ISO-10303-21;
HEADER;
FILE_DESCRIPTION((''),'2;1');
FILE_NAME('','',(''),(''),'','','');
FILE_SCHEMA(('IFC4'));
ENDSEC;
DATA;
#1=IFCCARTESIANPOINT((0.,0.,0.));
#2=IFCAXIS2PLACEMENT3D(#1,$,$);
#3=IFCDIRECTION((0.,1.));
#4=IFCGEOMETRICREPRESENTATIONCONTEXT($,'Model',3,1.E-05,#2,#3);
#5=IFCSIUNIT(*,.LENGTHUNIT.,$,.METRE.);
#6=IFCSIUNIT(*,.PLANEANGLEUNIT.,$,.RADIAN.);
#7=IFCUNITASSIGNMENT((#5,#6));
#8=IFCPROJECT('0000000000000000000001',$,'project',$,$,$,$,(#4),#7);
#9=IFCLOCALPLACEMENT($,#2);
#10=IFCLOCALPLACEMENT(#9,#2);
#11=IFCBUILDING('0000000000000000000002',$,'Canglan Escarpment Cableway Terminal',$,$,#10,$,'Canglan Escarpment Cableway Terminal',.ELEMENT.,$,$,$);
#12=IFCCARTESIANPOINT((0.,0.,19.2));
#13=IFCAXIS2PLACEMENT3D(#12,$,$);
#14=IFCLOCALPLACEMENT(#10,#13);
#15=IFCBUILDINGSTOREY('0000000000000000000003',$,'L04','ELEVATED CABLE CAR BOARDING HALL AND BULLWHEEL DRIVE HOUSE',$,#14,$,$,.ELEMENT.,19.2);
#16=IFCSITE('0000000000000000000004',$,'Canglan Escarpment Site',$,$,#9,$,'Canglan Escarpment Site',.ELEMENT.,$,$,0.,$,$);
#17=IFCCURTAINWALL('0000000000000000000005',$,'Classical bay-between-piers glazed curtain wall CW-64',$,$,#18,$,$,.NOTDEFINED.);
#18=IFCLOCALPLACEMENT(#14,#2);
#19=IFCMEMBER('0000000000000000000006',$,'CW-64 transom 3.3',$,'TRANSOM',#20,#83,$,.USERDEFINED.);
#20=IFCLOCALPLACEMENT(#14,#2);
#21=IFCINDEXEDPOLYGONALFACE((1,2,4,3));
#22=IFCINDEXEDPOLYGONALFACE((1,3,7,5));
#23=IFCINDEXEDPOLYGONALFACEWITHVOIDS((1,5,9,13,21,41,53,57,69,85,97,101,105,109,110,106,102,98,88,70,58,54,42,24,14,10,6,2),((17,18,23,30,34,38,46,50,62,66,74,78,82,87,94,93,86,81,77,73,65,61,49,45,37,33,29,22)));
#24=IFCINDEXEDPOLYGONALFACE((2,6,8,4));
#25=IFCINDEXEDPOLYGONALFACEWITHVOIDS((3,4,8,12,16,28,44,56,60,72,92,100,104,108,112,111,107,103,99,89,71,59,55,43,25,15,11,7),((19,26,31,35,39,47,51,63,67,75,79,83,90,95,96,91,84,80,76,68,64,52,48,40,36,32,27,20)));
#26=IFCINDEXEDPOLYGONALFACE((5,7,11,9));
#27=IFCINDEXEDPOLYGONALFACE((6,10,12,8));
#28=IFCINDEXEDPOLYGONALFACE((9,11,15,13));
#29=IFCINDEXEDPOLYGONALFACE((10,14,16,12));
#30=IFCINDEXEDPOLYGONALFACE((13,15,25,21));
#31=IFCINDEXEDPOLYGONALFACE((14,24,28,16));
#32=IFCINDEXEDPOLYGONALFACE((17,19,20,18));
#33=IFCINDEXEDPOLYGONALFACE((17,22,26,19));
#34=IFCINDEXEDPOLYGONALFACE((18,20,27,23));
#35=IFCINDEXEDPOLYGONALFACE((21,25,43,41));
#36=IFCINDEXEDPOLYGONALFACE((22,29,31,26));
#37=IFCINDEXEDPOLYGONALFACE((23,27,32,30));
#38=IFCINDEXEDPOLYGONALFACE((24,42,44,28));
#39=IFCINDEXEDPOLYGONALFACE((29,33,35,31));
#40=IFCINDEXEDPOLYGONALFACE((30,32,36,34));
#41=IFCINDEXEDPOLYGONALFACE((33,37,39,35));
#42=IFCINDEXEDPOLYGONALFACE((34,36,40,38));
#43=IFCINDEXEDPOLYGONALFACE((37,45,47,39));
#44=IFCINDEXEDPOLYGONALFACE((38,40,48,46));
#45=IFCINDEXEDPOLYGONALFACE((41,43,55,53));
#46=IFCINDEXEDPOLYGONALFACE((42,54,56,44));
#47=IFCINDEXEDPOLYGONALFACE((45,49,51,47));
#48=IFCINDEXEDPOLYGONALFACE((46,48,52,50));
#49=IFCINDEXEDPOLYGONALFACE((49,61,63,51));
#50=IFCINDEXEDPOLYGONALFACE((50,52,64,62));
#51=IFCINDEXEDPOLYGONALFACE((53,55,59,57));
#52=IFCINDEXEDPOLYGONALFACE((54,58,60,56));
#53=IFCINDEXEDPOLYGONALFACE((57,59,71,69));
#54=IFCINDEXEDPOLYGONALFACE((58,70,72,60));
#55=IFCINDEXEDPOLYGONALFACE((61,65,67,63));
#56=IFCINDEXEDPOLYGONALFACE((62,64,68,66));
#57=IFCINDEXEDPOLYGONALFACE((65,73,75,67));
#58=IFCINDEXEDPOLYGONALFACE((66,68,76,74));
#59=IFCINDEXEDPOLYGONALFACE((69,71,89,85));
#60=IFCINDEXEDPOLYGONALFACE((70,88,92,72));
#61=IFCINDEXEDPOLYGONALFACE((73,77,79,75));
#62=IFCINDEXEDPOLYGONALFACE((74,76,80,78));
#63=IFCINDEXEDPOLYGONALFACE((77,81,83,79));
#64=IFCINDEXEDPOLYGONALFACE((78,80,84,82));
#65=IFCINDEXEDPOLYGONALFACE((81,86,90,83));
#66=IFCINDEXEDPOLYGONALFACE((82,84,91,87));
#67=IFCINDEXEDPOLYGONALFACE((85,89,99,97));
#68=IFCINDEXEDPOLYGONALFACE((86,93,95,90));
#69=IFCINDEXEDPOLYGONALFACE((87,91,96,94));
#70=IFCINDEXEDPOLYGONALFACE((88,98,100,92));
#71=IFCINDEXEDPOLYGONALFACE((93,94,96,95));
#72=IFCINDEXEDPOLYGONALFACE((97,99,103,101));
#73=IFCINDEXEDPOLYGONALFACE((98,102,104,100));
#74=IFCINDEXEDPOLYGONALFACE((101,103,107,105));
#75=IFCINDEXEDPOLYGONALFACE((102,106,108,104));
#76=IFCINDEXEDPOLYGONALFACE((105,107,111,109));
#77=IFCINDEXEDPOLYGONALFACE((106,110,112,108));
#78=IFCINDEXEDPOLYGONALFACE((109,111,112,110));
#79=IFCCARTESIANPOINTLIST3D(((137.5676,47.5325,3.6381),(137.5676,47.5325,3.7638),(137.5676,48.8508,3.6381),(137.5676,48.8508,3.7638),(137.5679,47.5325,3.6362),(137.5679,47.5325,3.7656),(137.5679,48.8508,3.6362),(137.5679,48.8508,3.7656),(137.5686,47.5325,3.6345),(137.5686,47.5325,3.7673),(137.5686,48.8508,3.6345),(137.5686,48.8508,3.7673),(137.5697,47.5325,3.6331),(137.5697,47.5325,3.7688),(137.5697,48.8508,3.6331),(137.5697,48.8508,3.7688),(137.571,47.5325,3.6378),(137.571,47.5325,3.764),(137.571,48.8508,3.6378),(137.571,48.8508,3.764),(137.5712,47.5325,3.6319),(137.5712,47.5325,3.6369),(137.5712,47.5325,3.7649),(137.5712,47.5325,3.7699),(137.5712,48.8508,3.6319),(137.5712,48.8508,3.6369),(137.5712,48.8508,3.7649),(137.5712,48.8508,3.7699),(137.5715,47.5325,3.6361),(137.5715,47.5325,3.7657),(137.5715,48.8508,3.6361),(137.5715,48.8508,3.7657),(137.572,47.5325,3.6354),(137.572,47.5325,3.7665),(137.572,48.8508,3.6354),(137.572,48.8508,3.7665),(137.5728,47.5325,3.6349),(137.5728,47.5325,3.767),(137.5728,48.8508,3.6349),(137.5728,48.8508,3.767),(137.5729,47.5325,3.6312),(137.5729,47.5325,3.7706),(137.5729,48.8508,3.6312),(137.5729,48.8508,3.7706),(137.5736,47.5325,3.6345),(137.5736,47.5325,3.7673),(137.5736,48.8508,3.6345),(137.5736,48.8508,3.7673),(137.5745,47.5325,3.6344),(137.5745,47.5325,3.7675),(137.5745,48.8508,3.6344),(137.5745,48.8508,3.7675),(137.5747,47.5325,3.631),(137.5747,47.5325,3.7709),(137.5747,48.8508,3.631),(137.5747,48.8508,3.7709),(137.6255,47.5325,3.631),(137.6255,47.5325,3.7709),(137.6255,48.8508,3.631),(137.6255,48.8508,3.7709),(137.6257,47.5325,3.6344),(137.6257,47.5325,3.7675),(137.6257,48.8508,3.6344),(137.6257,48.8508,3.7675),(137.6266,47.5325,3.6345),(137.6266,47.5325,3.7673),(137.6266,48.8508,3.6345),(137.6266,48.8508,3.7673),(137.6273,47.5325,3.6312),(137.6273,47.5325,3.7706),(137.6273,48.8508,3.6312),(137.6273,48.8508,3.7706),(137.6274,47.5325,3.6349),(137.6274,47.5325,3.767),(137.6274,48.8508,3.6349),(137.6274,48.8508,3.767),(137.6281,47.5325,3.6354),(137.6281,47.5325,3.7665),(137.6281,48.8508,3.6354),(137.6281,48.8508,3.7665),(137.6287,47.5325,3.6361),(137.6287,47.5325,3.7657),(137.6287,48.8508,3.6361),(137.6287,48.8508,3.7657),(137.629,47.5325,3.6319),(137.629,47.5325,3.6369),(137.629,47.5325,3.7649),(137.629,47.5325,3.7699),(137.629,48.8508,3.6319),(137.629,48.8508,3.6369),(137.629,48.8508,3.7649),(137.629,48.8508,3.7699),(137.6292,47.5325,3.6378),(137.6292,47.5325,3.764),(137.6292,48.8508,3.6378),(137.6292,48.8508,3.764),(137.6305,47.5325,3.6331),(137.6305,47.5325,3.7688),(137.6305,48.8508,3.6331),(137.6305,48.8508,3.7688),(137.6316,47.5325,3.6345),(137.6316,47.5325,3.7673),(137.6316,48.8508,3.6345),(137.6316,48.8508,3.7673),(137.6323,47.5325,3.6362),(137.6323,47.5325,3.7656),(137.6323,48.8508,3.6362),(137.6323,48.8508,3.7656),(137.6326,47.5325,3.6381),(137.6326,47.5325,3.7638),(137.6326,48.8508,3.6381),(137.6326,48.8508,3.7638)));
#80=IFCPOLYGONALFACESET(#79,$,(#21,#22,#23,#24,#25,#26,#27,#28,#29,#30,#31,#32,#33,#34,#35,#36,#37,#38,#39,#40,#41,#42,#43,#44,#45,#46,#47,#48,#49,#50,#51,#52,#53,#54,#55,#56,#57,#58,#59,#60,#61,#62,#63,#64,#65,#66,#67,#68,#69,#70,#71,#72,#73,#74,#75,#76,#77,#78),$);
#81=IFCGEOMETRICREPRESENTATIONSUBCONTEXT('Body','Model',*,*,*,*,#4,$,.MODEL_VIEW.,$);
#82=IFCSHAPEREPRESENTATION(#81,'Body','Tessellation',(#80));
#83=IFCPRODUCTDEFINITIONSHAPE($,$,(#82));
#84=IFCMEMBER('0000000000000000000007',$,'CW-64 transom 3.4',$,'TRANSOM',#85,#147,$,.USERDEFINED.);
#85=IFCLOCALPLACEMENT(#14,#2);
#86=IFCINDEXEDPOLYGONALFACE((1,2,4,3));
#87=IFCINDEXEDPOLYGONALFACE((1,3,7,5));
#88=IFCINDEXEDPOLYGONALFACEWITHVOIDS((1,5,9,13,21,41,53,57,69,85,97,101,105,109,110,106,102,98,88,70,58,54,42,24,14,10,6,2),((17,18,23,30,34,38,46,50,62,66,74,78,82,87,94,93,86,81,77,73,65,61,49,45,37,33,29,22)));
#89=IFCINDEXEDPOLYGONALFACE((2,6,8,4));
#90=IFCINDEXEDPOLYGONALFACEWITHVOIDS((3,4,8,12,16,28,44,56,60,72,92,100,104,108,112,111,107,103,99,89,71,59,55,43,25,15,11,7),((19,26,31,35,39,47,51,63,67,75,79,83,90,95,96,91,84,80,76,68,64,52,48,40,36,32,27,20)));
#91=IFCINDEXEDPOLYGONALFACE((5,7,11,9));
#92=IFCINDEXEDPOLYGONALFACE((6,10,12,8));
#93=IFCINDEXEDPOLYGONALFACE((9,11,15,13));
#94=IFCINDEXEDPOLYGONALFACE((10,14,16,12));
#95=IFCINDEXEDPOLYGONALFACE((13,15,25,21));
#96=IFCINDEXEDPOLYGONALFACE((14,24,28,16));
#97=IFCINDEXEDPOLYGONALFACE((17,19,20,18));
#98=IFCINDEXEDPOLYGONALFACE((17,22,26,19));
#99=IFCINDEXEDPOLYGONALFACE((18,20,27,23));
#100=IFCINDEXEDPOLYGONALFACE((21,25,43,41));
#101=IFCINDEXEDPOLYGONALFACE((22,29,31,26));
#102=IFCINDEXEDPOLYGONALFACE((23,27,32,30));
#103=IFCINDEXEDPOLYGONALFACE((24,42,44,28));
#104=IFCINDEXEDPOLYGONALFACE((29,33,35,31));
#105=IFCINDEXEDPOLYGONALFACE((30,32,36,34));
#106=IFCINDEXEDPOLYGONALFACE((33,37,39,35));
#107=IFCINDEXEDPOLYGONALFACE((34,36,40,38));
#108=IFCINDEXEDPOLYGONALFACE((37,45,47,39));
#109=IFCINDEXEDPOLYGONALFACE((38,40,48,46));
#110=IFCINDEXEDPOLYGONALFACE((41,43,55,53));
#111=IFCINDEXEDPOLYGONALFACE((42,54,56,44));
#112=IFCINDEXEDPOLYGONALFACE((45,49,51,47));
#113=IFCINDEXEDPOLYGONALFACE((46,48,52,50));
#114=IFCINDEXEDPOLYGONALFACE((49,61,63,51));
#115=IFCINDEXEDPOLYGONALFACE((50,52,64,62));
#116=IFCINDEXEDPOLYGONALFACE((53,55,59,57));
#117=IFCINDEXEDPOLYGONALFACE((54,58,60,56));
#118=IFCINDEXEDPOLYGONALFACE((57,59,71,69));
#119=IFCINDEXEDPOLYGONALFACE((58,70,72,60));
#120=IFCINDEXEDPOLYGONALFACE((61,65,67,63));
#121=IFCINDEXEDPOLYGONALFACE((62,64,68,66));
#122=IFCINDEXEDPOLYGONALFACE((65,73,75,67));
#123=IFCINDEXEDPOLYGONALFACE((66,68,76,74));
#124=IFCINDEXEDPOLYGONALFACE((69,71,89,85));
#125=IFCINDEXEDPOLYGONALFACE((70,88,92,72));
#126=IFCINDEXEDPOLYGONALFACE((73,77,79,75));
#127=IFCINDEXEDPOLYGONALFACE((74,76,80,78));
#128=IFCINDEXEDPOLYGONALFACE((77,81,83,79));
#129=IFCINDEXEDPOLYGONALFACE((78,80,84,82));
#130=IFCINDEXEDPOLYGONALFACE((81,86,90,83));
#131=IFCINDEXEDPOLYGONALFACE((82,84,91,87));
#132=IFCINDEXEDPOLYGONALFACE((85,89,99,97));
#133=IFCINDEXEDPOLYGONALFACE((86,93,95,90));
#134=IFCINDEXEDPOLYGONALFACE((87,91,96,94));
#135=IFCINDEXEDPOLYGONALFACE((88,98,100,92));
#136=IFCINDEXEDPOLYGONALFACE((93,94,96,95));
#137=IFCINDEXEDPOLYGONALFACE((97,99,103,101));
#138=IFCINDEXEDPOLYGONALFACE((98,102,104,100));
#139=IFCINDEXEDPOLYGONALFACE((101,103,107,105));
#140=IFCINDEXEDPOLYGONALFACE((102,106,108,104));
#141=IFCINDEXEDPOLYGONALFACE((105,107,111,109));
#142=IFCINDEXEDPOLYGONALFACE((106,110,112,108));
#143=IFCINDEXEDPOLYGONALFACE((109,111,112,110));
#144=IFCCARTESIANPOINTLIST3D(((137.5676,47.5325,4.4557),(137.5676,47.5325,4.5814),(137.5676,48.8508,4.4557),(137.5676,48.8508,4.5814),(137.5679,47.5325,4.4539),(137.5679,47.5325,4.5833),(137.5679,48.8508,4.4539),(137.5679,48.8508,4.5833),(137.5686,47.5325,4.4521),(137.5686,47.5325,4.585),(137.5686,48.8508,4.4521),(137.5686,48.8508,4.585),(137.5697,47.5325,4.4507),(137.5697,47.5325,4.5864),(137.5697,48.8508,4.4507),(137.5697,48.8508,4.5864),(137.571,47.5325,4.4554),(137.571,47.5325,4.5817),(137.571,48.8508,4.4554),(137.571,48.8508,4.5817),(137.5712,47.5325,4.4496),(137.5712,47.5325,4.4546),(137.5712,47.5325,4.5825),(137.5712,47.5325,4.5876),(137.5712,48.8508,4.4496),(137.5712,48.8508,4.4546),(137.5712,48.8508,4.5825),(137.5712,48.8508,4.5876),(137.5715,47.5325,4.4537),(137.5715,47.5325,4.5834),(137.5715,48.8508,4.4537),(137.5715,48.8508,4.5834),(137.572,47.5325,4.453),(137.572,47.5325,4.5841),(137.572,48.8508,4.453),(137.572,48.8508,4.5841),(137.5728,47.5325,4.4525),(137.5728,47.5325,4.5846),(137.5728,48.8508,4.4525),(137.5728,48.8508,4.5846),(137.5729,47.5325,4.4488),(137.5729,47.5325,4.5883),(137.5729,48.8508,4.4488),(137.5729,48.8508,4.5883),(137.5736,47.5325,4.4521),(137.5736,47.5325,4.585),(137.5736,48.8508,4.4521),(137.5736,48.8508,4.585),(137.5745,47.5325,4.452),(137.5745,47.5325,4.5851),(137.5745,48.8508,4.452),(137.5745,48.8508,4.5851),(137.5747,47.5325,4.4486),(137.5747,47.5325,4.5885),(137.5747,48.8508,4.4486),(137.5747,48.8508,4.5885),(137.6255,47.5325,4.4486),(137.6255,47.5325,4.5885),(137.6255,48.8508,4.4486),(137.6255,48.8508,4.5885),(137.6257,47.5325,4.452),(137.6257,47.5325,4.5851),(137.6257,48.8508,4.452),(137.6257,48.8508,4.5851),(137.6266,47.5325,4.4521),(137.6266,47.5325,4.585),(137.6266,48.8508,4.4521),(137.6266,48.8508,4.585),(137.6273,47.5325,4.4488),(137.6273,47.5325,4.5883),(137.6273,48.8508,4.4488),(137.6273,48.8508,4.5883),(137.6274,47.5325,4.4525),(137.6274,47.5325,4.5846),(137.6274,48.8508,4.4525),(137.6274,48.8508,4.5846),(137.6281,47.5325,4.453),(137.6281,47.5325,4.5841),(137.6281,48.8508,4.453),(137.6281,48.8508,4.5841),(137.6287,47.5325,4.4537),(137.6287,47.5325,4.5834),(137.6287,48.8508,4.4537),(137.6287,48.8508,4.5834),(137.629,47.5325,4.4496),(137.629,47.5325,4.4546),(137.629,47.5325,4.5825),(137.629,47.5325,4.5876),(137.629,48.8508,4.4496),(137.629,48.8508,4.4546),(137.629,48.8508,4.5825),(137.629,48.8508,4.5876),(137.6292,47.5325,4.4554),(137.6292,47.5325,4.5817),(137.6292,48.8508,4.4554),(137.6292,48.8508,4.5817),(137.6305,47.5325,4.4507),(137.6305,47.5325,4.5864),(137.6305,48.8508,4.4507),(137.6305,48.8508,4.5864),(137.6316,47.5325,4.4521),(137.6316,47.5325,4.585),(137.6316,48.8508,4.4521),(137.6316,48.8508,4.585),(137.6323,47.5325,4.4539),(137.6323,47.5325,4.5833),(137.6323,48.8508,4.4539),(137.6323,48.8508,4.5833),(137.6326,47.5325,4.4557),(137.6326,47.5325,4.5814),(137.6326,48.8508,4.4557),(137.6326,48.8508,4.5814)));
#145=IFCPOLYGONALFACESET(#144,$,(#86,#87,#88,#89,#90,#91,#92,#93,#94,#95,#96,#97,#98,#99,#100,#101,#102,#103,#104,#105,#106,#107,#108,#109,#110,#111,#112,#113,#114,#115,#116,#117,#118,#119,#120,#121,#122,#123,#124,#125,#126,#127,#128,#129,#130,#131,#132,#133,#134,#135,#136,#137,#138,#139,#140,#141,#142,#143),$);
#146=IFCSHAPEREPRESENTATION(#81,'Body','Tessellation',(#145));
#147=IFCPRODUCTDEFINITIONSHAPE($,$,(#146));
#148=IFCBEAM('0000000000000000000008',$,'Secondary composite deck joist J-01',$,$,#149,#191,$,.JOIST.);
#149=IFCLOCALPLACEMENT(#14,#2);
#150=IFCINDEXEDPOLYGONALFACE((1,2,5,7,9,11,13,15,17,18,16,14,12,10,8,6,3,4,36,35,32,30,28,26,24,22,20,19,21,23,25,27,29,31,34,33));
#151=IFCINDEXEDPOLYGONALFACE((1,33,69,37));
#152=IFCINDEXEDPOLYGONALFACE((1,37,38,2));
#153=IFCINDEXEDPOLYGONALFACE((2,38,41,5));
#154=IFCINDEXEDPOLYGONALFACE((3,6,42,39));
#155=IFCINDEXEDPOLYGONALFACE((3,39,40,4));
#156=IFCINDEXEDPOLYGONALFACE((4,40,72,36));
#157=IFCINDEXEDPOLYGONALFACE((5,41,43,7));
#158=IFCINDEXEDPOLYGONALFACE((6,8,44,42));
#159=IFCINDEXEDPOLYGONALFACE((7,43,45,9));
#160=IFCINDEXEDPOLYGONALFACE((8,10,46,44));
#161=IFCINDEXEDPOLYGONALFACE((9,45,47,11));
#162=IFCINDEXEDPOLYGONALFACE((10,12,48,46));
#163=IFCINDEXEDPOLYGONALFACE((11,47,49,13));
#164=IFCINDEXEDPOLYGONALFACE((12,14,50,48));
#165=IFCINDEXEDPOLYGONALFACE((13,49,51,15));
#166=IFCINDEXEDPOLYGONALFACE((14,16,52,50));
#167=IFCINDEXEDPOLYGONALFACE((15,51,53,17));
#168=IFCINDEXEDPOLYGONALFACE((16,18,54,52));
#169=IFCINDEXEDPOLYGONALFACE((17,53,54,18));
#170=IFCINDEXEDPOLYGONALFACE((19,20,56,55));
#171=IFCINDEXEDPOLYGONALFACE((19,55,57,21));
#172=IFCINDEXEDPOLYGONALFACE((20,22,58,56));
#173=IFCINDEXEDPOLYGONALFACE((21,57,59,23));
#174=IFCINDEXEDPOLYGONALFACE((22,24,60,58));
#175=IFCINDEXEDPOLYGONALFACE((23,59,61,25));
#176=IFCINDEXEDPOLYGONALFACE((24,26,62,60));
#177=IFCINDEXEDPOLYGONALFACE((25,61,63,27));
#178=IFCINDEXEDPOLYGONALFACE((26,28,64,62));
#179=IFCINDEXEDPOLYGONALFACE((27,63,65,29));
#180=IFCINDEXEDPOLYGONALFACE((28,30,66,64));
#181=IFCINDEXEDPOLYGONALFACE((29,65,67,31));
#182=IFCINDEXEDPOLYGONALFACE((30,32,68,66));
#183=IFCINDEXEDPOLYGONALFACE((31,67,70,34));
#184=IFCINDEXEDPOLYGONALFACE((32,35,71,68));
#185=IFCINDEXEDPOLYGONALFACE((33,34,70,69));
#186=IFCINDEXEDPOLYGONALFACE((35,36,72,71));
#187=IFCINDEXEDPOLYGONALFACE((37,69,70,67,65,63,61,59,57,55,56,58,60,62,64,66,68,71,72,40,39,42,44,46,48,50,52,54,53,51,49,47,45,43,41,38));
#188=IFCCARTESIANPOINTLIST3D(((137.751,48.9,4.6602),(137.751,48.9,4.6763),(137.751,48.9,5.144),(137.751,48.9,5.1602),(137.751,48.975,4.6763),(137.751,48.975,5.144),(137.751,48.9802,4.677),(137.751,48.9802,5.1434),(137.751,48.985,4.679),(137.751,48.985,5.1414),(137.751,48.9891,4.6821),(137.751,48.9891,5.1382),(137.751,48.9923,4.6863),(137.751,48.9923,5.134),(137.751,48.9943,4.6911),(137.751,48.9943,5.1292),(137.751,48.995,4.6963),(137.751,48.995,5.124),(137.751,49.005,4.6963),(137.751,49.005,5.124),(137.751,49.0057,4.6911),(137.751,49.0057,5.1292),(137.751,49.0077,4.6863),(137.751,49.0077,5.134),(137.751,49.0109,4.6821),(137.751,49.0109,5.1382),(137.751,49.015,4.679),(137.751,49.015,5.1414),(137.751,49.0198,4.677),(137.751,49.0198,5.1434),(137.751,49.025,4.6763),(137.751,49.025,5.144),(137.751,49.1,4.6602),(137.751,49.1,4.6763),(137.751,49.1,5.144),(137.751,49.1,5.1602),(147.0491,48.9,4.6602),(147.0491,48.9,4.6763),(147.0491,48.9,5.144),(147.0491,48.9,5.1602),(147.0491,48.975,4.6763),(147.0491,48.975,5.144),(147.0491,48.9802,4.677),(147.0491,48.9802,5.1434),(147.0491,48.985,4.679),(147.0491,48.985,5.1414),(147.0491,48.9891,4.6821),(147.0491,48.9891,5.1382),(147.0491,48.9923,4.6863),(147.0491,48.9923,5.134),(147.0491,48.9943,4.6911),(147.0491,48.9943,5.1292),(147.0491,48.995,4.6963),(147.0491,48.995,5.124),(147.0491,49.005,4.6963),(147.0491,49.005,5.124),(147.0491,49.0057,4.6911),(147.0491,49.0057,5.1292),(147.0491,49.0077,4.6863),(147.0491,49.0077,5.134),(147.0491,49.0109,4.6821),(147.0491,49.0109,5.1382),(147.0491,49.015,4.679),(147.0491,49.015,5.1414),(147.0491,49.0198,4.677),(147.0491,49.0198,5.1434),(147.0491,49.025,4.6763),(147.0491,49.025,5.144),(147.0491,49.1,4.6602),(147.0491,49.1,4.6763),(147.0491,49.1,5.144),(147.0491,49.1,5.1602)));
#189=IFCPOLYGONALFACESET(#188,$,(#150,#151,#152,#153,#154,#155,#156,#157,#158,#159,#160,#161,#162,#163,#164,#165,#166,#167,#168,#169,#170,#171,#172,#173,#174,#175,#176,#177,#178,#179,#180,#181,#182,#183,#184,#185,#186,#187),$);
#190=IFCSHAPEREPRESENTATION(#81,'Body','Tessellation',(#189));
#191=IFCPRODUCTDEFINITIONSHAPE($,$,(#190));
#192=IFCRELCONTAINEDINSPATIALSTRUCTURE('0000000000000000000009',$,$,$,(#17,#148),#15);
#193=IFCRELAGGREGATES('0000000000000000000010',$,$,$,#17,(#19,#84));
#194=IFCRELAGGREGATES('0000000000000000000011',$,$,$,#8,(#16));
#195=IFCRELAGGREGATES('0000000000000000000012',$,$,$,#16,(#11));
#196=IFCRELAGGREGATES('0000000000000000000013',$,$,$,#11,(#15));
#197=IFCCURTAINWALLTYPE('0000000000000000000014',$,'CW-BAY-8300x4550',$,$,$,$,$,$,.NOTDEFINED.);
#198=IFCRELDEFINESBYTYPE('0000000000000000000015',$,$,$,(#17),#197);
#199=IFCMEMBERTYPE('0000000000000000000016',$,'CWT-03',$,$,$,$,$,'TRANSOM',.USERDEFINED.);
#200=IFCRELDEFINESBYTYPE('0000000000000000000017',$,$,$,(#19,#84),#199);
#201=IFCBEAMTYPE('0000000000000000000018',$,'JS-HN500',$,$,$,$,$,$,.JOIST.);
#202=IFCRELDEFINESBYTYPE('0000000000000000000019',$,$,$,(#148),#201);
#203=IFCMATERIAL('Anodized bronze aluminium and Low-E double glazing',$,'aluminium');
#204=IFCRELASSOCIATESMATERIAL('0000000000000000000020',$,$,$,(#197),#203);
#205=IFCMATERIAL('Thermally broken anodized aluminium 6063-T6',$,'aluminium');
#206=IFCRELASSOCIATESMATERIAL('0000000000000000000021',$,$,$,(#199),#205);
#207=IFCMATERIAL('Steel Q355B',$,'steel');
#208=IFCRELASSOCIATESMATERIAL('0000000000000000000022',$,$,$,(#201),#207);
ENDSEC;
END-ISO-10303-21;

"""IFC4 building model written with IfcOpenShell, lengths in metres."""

from ifc_helpers import new_model, si_unit, direction, frame, origin, origin_2d, place, context, subcontext, project, spatial, hollow_rectangle, i_section, extrude, material, material_profile, profile_set, type_object, element, aggregate, save


model = new_model("IFC4")

# Units and contexts
model_context = context("Model", 3, precision=1e-05, world=origin(), true_north=direction((0.0, 1.0)))
body_context = subcontext(model_context, "Body", "Model", "MODEL_VIEW")
ifc_project = project(units=[si_unit("LENGTHUNIT", "METRE"), si_unit("PLANEANGLEUNIT", "RADIAN")], contexts=[model_context])

# Site, building, storey
site_placement = place(None, origin())
site = spatial("IfcSite", under=ifc_project, at=site_placement, Name="Canglan Escarpment Site", LongName="Canglan Escarpment Site", CompositionType="ELEMENT", RefElevation=0.0)
building_placement = place(site_placement, origin())
building = spatial("IfcBuilding", under=site, at=building_placement, Name="Canglan Escarpment Cableway Terminal", LongName="Canglan Escarpment Cableway Terminal", CompositionType="ELEMENT")
storey_placement = place(building_placement, frame((0.0, 0.0, 19.2)))
storey = spatial("IfcBuildingStorey", under=building, at=storey_placement, Name="L04", Description="ELEVATED CABLE CAR BOARDING HALL AND BULLWHEEL DRIVE HOUSE", CompositionType="ELEMENT", Elevation=19.2)

# Shared definitions
ifc_material_1 = material(Name="Anodized bronze aluminium and Low-E double glazing", Category="aluminium")
curtain_wall_type = type_object("IfcCurtainWallType", Name="CW-BAY-8300x4550", PredefinedType="NOTDEFINED", material=ifc_material_1)
ifc_material_2 = material(Name="Thermally broken anodized aluminium 6063-T6", Category="aluminium")

# Curtain wall
curtain_wall_1_placement = place(storey_placement, origin())
curtain_wall_1 = element("IfcCurtainWall", 1, at=curtain_wall_1_placement, inside=storey, type_object=curtain_wall_type, Name="Classical bay-between-piers glazed curtain wall CW-64", PredefinedType="NOTDEFINED")

# Members
ifc_material_profile_1 = material_profile(ifc_material_2, hollow_rectangle(XDim=0.0649, YDim=0.1399, WallThickness=0.0034, InnerFilletRadius=0.0034, OuterFilletRadius=0.0071, at=origin_2d()), Name="ALU-TRAN 65x140x3.5")
ifc_profile_set_1 = profile_set([ifc_material_profile_1], Name="Thermally broken anodized aluminium 6063-T6")
member_type_1 = type_object("IfcMemberType", Name="CWT-03", ElementType="TRANSOM", PredefinedType="USERDEFINED", material=ifc_profile_set_1)
member_1_placement = place(storey_placement, frame((137.6001, 48.8508, 3.7009), z_axis=(0.0, -1.0, 0.0), x_axis=(1.0, 0.0, 0.0)))
member_1 = element("IfcMember", 2, at=member_1_placement, type_object=member_type_1, Name="CW-64 transom 3.3", ObjectType="TRANSOM", PredefinedType="USERDEFINED", context=body_context, shape_type="SweptSolid", body=[
    extrude(hollow_rectangle(XDim=0.0649, YDim=0.1399, WallThickness=0.0034, InnerFilletRadius=0.0034, OuterFilletRadius=0.0071, at=origin_2d()), origin(), (0.0, 0.0, 1.0), 1.3184),
])
member_2_placement = place(storey_placement, frame((137.6001, 48.8508, 4.5186), z_axis=(0.0, -1.0, 0.0), x_axis=(1.0, 0.0, 0.0)))
member_2 = element("IfcMember", 3, at=member_2_placement, type_object=member_type_1, Name="CW-64 transom 3.4", ObjectType="TRANSOM", PredefinedType="USERDEFINED", context=body_context, shape_type="SweptSolid", body=[
    extrude(hollow_rectangle(XDim=0.0649, YDim=0.1399, WallThickness=0.0034, InnerFilletRadius=0.0034, OuterFilletRadius=0.0071, at=origin_2d()), origin(), (0.0, 0.0, 1.0), 1.3184),
])

# Beam
ifc_material_3 = material(Name="Steel Q355B", Category="steel")
ifc_material_profile_2 = material_profile(ifc_material_3, i_section(OverallWidth=0.2, OverallDepth=0.5, WebThickness=0.01, FlangeThickness=0.0161, FilletRadius=0.02, at=origin_2d()), Name="HN 500x200x10x16")
ifc_profile_set_2 = profile_set([ifc_material_profile_2], Name="Steel Q355B")
beam_type_1 = type_object("IfcBeamType", Name="JS-HN500", PredefinedType="JOIST", material=ifc_profile_set_2)
beam_1_placement = place(storey_placement, frame((137.751, 49.0, 4.9102), z_axis=(1.0, 0.0, 0.0), x_axis=(0.0, 1.0, 0.0)))
element("IfcBeam", 4, at=beam_1_placement, inside=storey, type_object=beam_type_1, Name="Secondary composite deck joist J-01", PredefinedType="JOIST", context=body_context, shape_type="SweptSolid", body=[
    extrude(i_section(OverallWidth=0.2, OverallDepth=0.5, WebThickness=0.01, FlangeThickness=0.0161, FilletRadius=0.02, at=origin_2d()), origin(), (0.0, 0.0, 1.0), 9.2981),
])

aggregate(curtain_wall_1, [member_1, member_2])

save(model, "model.ifc")
